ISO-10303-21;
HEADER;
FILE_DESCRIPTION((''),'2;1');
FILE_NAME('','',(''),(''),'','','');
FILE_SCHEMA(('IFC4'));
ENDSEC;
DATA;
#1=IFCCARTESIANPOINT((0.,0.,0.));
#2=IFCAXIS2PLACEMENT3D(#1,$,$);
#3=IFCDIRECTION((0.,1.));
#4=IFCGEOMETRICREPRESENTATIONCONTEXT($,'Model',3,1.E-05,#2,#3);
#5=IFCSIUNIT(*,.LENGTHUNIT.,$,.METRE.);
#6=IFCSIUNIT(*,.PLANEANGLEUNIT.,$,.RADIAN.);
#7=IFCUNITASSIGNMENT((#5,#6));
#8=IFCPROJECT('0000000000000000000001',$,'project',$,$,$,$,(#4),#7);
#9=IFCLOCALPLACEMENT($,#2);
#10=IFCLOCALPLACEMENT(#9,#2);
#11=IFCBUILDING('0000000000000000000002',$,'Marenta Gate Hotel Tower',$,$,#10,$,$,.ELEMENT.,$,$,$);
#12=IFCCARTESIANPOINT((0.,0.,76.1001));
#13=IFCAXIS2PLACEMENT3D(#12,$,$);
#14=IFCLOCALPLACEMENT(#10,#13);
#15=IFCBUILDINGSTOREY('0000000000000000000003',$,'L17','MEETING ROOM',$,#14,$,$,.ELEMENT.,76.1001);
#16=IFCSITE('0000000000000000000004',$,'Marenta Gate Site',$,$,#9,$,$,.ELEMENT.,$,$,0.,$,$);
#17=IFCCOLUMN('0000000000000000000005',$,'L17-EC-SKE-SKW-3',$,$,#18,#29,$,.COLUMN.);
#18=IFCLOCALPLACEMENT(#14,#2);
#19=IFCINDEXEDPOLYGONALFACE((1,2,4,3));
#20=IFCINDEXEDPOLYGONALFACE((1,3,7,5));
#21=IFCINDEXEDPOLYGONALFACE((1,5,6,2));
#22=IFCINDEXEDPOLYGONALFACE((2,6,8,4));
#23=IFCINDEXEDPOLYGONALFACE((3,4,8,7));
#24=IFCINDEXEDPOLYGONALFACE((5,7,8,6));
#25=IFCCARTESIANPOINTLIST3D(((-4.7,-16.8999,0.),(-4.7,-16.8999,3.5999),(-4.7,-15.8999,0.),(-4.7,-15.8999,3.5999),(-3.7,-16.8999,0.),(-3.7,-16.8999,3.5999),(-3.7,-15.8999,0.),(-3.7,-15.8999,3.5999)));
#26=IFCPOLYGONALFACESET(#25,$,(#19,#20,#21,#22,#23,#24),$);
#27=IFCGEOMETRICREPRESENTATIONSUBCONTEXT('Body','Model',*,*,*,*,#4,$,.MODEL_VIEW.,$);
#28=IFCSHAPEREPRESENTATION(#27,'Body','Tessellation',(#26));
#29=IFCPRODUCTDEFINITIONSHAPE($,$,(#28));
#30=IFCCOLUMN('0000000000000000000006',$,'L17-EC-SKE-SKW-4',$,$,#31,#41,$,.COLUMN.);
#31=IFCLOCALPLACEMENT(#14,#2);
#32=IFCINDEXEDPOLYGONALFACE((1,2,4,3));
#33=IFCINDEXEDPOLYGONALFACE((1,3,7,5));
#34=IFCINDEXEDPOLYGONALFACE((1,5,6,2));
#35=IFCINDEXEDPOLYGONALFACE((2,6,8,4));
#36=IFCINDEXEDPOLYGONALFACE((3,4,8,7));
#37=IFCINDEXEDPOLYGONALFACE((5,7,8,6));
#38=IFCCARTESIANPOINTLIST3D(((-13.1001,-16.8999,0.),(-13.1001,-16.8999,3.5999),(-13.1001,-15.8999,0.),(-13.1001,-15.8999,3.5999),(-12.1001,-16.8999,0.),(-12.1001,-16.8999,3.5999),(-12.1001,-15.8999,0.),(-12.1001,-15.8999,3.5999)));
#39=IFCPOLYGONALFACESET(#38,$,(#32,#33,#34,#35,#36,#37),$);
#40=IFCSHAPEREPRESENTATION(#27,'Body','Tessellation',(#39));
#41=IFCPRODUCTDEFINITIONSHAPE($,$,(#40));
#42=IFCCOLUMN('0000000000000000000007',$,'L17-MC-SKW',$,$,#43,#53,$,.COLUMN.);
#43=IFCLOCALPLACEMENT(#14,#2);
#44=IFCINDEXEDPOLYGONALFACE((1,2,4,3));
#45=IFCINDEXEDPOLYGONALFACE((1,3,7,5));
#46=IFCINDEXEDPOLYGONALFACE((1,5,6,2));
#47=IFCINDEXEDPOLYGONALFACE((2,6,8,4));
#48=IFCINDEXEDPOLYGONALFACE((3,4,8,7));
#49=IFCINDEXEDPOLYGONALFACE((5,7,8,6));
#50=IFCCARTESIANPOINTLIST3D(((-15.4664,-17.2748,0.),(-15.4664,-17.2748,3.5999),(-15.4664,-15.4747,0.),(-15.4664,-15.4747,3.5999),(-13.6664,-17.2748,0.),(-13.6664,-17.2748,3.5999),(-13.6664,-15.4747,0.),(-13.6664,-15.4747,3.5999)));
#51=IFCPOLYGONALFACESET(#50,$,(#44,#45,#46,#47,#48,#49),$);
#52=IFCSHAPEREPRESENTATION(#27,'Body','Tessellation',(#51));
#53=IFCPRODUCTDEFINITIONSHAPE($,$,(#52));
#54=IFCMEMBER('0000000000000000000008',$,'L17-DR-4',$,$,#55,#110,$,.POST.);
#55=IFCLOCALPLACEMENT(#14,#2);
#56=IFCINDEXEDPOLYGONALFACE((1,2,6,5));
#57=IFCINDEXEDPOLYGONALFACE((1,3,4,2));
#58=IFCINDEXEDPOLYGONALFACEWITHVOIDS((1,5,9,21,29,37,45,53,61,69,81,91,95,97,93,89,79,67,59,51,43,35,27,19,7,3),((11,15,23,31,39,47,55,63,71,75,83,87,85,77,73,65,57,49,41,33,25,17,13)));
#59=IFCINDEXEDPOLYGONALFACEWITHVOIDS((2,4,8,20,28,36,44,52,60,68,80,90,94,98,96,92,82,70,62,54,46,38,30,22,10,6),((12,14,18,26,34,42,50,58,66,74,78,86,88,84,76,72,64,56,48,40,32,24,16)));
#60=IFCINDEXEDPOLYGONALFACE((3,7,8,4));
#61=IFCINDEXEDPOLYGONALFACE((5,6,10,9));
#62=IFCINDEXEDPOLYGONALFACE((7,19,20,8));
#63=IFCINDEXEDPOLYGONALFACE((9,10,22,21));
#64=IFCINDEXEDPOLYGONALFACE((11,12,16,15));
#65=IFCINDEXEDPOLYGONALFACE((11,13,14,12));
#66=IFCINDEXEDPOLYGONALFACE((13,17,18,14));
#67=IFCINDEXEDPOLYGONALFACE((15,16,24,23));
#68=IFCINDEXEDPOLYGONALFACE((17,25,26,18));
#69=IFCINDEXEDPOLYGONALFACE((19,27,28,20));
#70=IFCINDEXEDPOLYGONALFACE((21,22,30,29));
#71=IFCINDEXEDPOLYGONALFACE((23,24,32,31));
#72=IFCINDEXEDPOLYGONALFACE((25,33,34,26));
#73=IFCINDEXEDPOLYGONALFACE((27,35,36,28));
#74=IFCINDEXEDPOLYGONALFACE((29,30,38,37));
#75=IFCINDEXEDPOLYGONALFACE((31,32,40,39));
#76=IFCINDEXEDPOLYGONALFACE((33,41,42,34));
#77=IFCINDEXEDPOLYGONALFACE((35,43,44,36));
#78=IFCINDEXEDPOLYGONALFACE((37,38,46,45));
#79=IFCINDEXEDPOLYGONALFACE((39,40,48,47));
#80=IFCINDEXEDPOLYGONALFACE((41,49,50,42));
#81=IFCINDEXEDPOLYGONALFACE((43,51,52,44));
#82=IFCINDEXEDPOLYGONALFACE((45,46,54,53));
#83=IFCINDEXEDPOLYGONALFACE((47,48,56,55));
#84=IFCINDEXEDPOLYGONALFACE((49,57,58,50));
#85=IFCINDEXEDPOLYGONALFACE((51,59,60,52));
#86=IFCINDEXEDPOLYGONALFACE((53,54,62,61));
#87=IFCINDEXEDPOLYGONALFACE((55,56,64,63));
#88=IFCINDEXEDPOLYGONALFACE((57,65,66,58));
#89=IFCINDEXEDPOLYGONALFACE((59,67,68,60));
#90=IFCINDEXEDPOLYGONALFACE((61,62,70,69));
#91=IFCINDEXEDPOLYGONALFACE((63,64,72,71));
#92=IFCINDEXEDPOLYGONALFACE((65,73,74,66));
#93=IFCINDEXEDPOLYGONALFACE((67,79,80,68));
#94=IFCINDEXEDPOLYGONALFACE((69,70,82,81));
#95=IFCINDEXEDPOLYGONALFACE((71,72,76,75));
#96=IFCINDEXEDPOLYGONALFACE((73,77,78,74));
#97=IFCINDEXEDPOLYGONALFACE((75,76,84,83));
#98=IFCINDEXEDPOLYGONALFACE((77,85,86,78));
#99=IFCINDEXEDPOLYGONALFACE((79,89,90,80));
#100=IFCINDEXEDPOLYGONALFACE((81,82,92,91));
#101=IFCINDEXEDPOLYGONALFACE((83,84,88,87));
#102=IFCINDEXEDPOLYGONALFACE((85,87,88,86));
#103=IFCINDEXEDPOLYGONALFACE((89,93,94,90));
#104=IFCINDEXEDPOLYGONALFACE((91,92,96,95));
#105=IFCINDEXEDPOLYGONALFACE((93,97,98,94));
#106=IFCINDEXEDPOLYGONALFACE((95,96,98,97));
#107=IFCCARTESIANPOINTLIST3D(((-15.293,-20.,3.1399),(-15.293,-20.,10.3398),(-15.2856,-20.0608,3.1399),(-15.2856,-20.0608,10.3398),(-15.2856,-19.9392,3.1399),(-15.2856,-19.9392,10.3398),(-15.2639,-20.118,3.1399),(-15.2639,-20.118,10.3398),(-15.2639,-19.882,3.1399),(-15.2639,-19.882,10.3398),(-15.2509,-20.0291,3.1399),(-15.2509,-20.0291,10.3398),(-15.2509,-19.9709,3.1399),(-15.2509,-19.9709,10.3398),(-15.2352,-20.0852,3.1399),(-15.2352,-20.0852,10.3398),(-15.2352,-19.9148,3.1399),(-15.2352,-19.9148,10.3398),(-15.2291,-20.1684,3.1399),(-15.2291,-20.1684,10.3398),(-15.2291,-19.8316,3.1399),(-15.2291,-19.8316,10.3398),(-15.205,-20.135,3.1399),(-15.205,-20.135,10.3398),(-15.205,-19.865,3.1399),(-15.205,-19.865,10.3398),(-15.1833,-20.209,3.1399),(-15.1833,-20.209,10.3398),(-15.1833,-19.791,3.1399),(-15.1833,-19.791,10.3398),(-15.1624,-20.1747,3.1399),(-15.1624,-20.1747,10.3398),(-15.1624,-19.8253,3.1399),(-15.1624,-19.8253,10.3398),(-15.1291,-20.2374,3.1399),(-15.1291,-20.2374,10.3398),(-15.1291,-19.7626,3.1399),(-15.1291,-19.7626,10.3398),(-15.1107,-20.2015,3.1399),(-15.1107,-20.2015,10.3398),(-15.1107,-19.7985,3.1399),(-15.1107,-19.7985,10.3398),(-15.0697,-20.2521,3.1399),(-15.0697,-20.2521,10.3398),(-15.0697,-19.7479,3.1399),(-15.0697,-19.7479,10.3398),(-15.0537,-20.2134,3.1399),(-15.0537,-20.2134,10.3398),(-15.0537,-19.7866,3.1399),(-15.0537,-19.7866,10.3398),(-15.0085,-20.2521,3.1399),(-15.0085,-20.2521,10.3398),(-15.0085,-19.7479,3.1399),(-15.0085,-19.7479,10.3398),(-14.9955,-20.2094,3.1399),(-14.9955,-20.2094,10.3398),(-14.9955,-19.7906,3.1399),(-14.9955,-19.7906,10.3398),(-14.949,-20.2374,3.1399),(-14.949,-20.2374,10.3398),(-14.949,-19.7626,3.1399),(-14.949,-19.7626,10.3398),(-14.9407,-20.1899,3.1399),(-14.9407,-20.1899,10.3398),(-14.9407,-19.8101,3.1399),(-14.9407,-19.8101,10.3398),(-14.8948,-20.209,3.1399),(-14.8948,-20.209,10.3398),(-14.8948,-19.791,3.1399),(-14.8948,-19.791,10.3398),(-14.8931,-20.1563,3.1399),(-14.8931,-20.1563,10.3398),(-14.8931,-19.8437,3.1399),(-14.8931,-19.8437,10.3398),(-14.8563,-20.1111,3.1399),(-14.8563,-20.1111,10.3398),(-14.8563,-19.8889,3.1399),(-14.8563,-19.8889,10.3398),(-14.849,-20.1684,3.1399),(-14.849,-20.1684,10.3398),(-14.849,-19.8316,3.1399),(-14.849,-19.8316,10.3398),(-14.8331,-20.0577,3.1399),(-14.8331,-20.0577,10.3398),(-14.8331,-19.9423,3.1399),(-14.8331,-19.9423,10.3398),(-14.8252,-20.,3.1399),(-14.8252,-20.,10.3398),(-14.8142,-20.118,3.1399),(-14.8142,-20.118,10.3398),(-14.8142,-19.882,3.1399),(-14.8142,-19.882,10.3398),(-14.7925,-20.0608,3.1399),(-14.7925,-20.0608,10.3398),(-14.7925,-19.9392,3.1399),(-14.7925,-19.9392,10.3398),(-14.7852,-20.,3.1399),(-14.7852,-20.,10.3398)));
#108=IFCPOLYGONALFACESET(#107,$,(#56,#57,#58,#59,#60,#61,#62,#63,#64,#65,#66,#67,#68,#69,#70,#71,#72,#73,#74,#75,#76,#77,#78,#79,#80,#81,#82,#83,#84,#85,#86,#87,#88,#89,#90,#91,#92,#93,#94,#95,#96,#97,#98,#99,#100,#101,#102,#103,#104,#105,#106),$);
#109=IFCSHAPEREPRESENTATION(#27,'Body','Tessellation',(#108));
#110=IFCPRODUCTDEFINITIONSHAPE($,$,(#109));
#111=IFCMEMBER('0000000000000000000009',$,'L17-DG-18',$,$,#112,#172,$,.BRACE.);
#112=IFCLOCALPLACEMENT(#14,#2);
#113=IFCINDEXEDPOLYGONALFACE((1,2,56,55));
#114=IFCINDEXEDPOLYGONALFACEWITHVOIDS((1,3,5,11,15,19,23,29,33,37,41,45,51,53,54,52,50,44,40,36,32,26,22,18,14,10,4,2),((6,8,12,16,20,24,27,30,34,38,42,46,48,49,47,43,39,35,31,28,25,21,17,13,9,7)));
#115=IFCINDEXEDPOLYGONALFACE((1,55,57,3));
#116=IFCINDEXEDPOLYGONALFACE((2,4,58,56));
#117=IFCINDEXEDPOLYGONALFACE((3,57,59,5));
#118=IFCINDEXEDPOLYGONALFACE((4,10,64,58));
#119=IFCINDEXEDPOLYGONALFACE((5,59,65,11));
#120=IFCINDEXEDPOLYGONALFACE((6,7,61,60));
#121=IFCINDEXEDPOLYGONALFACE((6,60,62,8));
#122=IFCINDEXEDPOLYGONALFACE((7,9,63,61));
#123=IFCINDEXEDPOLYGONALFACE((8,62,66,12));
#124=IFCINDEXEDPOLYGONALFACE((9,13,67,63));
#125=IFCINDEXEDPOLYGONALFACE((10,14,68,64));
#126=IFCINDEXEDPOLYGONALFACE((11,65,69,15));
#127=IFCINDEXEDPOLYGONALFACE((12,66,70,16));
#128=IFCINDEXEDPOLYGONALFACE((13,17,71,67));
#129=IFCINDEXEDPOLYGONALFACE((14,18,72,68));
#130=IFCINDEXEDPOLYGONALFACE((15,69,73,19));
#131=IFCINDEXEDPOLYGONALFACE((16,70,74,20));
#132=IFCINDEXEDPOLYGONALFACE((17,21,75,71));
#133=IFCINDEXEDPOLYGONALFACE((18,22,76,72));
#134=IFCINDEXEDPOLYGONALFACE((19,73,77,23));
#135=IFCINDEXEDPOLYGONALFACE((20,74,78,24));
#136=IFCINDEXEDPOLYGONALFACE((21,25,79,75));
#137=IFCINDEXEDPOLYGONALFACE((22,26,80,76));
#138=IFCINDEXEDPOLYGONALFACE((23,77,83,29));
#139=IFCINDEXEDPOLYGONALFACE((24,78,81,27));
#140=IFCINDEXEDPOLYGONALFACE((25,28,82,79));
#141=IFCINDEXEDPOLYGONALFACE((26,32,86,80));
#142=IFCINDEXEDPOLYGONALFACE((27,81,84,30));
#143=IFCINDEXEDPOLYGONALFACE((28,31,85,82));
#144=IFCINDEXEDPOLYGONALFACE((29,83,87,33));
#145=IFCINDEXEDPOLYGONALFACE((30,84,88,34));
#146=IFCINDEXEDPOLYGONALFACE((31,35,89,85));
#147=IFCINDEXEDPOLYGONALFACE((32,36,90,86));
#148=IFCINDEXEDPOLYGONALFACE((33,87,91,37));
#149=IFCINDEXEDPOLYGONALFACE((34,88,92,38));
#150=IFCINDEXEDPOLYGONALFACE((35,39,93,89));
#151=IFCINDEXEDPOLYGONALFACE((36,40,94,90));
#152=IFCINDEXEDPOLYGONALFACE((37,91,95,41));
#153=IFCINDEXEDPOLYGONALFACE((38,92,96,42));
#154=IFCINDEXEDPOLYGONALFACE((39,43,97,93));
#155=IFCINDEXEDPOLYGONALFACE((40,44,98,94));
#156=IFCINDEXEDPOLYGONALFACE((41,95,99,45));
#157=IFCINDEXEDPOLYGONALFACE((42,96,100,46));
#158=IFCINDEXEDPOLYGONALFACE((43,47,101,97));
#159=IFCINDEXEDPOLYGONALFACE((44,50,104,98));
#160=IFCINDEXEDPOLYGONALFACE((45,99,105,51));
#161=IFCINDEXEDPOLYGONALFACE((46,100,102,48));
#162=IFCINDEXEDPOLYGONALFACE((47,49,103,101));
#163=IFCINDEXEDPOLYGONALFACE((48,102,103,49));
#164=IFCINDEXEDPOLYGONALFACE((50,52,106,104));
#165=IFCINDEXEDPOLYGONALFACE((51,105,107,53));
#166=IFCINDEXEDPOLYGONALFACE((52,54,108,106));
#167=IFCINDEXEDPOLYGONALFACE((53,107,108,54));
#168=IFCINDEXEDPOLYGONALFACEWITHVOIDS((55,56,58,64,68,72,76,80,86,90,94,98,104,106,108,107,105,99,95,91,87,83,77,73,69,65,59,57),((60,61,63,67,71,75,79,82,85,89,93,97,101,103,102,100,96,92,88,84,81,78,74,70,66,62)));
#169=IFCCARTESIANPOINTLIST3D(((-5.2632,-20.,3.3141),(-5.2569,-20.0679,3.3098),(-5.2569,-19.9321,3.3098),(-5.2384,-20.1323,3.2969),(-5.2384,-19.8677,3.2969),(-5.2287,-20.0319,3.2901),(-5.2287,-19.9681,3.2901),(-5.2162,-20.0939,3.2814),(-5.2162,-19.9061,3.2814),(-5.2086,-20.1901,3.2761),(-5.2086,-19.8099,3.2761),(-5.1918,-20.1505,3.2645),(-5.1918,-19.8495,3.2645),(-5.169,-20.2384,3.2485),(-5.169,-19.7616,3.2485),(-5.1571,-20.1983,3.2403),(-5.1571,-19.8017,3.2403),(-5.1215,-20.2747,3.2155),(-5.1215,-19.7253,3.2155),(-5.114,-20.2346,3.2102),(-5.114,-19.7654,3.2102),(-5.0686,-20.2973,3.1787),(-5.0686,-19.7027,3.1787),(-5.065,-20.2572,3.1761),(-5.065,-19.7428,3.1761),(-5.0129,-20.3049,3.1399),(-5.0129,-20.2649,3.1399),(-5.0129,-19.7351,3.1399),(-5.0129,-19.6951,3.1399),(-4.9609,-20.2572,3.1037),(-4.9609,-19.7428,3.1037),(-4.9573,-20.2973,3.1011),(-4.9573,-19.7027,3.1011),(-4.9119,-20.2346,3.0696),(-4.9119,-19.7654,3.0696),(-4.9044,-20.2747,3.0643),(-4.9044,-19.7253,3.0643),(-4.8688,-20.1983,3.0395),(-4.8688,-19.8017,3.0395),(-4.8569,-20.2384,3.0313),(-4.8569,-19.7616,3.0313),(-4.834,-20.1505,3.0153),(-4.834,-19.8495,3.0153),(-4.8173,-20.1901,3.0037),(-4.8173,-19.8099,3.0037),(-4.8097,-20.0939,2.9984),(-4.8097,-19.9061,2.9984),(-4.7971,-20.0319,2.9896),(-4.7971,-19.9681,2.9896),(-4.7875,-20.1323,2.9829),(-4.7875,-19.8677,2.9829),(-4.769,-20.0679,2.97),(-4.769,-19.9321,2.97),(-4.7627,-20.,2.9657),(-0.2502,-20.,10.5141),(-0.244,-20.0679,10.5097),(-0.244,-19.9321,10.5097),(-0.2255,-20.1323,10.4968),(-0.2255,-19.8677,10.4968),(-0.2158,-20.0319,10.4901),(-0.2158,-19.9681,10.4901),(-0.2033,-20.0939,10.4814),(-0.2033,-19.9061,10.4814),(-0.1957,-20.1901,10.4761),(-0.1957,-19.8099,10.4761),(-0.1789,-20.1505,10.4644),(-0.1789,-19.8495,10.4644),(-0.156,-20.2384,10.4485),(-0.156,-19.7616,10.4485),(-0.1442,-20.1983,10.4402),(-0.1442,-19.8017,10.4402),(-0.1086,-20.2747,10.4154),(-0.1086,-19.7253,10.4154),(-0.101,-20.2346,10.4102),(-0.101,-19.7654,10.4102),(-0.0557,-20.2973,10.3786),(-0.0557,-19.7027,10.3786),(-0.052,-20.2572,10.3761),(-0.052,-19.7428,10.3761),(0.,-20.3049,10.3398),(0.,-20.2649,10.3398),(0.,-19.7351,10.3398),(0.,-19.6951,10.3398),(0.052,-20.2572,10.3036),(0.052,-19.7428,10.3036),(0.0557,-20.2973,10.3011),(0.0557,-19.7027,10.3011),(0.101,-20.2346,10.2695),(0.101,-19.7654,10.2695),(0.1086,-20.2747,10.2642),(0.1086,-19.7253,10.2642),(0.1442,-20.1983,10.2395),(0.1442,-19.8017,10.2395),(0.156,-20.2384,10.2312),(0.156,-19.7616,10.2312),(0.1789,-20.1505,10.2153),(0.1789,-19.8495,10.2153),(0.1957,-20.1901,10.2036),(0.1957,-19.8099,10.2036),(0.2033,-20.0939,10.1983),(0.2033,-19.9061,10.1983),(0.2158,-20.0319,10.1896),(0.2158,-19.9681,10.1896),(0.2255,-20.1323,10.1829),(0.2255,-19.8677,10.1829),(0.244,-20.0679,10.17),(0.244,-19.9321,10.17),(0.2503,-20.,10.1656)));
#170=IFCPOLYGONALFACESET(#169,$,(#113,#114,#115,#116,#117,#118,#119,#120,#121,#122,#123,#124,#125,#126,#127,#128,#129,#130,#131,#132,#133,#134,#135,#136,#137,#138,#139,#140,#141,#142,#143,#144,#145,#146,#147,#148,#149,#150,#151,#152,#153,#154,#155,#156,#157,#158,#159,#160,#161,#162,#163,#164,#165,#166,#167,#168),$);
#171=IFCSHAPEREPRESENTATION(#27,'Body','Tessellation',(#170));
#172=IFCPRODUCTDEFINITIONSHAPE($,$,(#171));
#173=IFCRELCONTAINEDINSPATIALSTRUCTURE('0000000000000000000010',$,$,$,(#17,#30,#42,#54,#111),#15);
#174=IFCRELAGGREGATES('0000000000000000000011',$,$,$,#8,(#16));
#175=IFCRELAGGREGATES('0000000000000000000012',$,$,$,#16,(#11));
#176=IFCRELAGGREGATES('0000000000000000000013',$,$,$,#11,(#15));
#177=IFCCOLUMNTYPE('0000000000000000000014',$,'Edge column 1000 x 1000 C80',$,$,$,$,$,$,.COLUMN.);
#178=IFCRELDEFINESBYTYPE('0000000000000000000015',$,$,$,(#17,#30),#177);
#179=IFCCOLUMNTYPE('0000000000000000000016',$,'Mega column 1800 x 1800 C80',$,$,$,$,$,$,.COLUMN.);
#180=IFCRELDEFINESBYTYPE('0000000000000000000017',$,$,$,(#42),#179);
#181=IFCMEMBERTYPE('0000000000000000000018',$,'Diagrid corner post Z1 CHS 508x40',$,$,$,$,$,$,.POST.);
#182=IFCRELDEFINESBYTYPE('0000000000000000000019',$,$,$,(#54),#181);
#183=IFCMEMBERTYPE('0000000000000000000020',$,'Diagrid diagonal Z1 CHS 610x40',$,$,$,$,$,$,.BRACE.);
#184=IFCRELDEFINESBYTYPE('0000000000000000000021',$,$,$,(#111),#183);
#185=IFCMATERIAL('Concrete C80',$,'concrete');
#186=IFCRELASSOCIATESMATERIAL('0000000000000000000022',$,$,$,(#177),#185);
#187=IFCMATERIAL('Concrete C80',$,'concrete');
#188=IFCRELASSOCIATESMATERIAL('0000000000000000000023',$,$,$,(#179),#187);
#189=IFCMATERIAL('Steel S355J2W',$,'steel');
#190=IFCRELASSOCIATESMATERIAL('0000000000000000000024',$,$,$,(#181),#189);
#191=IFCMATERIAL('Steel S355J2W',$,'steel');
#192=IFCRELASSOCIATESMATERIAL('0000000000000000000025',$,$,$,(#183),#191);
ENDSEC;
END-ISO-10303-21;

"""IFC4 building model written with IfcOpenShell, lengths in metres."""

from ifc_helpers import new_model, si_unit, direction, frame, origin, origin_2d, place, context, subcontext, project, spatial, rectangle, hollow_circle, extrude, material, material_profile, profile_set, type_object, element, save


model = new_model("IFC4")

# Units and contexts
model_context = context("Model", 3, precision=1e-05, world=origin(), true_north=direction((0.0, 1.0)))
body_context = subcontext(model_context, "Body", "Model", "MODEL_VIEW")
ifc_project = project(units=[si_unit("LENGTHUNIT", "METRE"), si_unit("PLANEANGLEUNIT", "RADIAN")], contexts=[model_context])

# Site, building, storey
site_placement = place(None, origin())
site = spatial("IfcSite", under=ifc_project, at=site_placement, Name="Marenta Gate Site", CompositionType="ELEMENT", RefElevation=0.0)
building_placement = place(site_placement, origin())
building = spatial("IfcBuilding", under=site, at=building_placement, Name="Marenta Gate Hotel Tower", CompositionType="ELEMENT")
storey_placement = place(building_placement, frame((0.0, 0.0, 76.1001)))
storey = spatial("IfcBuildingStorey", under=building, at=storey_placement, Name="L17", Description="MEETING ROOM", CompositionType="ELEMENT", Elevation=76.1001)

# Columns
ifc_material_1 = material(Name="Concrete C80", Category="concrete")
ifc_material_profile_1 = material_profile(ifc_material_1, rectangle(XDim=1.0, YDim=1.0, at=origin_2d()), Name="1000 x 1000")
ifc_profile_set_1 = profile_set([ifc_material_profile_1], Name="Concrete C80")
column_type_1 = type_object("IfcColumnType", Name="Edge column 1000 x 1000 C80", PredefinedType="COLUMN", material=ifc_profile_set_1)
for number, where, z_axis, x_axis, name in (
    (1, (-4.2, -16.3999, 0.0), (0.0, 0.0, 1.0), (1.0, 0.0, 0.0), "L17-EC-SKE-SKW-3"),
    (2, (-12.6001, -16.3999, 0.0), (0.0, 0.0, 1.0), (1.0, 0.0, 0.0), "L17-EC-SKE-SKW-4"),
):
    element("IfcColumn", number, at=place(storey_placement, frame(where, z_axis=z_axis, x_axis=x_axis)), inside=storey, type_object=column_type_1, Name=name, PredefinedType="COLUMN", context=body_context, shape_type="SweptSolid", body=[
        extrude(rectangle(XDim=1.0, YDim=1.0, at=origin_2d()), origin(), (0.0, 0.0, 1.0), 3.5999),
    ])
ifc_material_2 = material(Name="Concrete C80", Category="concrete")
ifc_material_profile_2 = material_profile(ifc_material_2, rectangle(XDim=1.8, YDim=1.8, at=origin_2d()), Name="1800 x 1800")
ifc_profile_set_2 = profile_set([ifc_material_profile_2], Name="Concrete C80")
column_type_2 = type_object("IfcColumnType", Name="Mega column 1800 x 1800 C80", PredefinedType="COLUMN", material=ifc_profile_set_2)
column_placement = place(storey_placement, frame((-14.5664, -16.3748, 0.0), z_axis=(0.0, 0.0, 1.0), x_axis=(1.0, 0.0, 0.0)))
element("IfcColumn", 3, at=column_placement, inside=storey, type_object=column_type_2, Name="L17-MC-SKW", PredefinedType="COLUMN", context=body_context, shape_type="SweptSolid", body=[
    extrude(rectangle(XDim=1.8, YDim=1.8, at=origin_2d()), origin(), (0.0, 0.0, 1.0), 3.5999),
])

# Members
ifc_material_3 = material(Name="Steel S355J2W", Category="steel")
ifc_material_profile_3 = material_profile(ifc_material_3, hollow_circle(Radius=0.2539, WallThickness=0.04, at=origin_2d()), Name="CHS 508x40")
ifc_profile_set_3 = profile_set([ifc_material_profile_3], Name="Steel S355J2W")
member_type_1 = type_object("IfcMemberType", Name="Diagrid corner post Z1 CHS 508x40", PredefinedType="POST", material=ifc_profile_set_3)
member_1_placement = place(storey_placement, frame((-15.0391, -20.0, 3.1399), z_axis=(0.0, 0.0, 1.0), x_axis=(1.0, 0.0, 0.0)))
element("IfcMember", 4, at=member_1_placement, inside=storey, type_object=member_type_1, Name="L17-DR-4", PredefinedType="POST", context=body_context, shape_type="SweptSolid", body=[
    extrude(hollow_circle(Radius=0.2539, WallThickness=0.04, at=origin_2d()), origin(), (0.0, 0.0, 1.0), 7.2),
])
ifc_material_4 = material(Name="Steel S355J2W", Category="steel")
ifc_material_profile_4 = material_profile(ifc_material_4, hollow_circle(Radius=0.3049, WallThickness=0.04, at=origin_2d()), Name="CHS 610x40")
ifc_profile_set_4 = profile_set([ifc_material_profile_4], Name="Steel S355J2W")
member_type_2 = type_object("IfcMemberType", Name="Diagrid diagonal Z1 CHS 610x40", PredefinedType="BRACE", material=ifc_profile_set_4)
for number, where, z_axis, x_axis, name in (
    (5, (-5.0129, -20.0, 3.1399), (0.571393, 0.0, 0.820677), (0.0, 1.0, 0.0), "L17-DG-18"),
):
    element("IfcMember", number, at=place(storey_placement, frame(where, z_axis=z_axis, x_axis=x_axis)), inside=storey, type_object=member_type_2, Name=name, PredefinedType="BRACE", context=body_context, shape_type="SweptSolid", body=[
        extrude(hollow_circle(Radius=0.3049, WallThickness=0.04, at=origin_2d()), origin(), (0.0, 0.0, 1.0), 8.7732),
    ])

save(model, "model.ifc")
